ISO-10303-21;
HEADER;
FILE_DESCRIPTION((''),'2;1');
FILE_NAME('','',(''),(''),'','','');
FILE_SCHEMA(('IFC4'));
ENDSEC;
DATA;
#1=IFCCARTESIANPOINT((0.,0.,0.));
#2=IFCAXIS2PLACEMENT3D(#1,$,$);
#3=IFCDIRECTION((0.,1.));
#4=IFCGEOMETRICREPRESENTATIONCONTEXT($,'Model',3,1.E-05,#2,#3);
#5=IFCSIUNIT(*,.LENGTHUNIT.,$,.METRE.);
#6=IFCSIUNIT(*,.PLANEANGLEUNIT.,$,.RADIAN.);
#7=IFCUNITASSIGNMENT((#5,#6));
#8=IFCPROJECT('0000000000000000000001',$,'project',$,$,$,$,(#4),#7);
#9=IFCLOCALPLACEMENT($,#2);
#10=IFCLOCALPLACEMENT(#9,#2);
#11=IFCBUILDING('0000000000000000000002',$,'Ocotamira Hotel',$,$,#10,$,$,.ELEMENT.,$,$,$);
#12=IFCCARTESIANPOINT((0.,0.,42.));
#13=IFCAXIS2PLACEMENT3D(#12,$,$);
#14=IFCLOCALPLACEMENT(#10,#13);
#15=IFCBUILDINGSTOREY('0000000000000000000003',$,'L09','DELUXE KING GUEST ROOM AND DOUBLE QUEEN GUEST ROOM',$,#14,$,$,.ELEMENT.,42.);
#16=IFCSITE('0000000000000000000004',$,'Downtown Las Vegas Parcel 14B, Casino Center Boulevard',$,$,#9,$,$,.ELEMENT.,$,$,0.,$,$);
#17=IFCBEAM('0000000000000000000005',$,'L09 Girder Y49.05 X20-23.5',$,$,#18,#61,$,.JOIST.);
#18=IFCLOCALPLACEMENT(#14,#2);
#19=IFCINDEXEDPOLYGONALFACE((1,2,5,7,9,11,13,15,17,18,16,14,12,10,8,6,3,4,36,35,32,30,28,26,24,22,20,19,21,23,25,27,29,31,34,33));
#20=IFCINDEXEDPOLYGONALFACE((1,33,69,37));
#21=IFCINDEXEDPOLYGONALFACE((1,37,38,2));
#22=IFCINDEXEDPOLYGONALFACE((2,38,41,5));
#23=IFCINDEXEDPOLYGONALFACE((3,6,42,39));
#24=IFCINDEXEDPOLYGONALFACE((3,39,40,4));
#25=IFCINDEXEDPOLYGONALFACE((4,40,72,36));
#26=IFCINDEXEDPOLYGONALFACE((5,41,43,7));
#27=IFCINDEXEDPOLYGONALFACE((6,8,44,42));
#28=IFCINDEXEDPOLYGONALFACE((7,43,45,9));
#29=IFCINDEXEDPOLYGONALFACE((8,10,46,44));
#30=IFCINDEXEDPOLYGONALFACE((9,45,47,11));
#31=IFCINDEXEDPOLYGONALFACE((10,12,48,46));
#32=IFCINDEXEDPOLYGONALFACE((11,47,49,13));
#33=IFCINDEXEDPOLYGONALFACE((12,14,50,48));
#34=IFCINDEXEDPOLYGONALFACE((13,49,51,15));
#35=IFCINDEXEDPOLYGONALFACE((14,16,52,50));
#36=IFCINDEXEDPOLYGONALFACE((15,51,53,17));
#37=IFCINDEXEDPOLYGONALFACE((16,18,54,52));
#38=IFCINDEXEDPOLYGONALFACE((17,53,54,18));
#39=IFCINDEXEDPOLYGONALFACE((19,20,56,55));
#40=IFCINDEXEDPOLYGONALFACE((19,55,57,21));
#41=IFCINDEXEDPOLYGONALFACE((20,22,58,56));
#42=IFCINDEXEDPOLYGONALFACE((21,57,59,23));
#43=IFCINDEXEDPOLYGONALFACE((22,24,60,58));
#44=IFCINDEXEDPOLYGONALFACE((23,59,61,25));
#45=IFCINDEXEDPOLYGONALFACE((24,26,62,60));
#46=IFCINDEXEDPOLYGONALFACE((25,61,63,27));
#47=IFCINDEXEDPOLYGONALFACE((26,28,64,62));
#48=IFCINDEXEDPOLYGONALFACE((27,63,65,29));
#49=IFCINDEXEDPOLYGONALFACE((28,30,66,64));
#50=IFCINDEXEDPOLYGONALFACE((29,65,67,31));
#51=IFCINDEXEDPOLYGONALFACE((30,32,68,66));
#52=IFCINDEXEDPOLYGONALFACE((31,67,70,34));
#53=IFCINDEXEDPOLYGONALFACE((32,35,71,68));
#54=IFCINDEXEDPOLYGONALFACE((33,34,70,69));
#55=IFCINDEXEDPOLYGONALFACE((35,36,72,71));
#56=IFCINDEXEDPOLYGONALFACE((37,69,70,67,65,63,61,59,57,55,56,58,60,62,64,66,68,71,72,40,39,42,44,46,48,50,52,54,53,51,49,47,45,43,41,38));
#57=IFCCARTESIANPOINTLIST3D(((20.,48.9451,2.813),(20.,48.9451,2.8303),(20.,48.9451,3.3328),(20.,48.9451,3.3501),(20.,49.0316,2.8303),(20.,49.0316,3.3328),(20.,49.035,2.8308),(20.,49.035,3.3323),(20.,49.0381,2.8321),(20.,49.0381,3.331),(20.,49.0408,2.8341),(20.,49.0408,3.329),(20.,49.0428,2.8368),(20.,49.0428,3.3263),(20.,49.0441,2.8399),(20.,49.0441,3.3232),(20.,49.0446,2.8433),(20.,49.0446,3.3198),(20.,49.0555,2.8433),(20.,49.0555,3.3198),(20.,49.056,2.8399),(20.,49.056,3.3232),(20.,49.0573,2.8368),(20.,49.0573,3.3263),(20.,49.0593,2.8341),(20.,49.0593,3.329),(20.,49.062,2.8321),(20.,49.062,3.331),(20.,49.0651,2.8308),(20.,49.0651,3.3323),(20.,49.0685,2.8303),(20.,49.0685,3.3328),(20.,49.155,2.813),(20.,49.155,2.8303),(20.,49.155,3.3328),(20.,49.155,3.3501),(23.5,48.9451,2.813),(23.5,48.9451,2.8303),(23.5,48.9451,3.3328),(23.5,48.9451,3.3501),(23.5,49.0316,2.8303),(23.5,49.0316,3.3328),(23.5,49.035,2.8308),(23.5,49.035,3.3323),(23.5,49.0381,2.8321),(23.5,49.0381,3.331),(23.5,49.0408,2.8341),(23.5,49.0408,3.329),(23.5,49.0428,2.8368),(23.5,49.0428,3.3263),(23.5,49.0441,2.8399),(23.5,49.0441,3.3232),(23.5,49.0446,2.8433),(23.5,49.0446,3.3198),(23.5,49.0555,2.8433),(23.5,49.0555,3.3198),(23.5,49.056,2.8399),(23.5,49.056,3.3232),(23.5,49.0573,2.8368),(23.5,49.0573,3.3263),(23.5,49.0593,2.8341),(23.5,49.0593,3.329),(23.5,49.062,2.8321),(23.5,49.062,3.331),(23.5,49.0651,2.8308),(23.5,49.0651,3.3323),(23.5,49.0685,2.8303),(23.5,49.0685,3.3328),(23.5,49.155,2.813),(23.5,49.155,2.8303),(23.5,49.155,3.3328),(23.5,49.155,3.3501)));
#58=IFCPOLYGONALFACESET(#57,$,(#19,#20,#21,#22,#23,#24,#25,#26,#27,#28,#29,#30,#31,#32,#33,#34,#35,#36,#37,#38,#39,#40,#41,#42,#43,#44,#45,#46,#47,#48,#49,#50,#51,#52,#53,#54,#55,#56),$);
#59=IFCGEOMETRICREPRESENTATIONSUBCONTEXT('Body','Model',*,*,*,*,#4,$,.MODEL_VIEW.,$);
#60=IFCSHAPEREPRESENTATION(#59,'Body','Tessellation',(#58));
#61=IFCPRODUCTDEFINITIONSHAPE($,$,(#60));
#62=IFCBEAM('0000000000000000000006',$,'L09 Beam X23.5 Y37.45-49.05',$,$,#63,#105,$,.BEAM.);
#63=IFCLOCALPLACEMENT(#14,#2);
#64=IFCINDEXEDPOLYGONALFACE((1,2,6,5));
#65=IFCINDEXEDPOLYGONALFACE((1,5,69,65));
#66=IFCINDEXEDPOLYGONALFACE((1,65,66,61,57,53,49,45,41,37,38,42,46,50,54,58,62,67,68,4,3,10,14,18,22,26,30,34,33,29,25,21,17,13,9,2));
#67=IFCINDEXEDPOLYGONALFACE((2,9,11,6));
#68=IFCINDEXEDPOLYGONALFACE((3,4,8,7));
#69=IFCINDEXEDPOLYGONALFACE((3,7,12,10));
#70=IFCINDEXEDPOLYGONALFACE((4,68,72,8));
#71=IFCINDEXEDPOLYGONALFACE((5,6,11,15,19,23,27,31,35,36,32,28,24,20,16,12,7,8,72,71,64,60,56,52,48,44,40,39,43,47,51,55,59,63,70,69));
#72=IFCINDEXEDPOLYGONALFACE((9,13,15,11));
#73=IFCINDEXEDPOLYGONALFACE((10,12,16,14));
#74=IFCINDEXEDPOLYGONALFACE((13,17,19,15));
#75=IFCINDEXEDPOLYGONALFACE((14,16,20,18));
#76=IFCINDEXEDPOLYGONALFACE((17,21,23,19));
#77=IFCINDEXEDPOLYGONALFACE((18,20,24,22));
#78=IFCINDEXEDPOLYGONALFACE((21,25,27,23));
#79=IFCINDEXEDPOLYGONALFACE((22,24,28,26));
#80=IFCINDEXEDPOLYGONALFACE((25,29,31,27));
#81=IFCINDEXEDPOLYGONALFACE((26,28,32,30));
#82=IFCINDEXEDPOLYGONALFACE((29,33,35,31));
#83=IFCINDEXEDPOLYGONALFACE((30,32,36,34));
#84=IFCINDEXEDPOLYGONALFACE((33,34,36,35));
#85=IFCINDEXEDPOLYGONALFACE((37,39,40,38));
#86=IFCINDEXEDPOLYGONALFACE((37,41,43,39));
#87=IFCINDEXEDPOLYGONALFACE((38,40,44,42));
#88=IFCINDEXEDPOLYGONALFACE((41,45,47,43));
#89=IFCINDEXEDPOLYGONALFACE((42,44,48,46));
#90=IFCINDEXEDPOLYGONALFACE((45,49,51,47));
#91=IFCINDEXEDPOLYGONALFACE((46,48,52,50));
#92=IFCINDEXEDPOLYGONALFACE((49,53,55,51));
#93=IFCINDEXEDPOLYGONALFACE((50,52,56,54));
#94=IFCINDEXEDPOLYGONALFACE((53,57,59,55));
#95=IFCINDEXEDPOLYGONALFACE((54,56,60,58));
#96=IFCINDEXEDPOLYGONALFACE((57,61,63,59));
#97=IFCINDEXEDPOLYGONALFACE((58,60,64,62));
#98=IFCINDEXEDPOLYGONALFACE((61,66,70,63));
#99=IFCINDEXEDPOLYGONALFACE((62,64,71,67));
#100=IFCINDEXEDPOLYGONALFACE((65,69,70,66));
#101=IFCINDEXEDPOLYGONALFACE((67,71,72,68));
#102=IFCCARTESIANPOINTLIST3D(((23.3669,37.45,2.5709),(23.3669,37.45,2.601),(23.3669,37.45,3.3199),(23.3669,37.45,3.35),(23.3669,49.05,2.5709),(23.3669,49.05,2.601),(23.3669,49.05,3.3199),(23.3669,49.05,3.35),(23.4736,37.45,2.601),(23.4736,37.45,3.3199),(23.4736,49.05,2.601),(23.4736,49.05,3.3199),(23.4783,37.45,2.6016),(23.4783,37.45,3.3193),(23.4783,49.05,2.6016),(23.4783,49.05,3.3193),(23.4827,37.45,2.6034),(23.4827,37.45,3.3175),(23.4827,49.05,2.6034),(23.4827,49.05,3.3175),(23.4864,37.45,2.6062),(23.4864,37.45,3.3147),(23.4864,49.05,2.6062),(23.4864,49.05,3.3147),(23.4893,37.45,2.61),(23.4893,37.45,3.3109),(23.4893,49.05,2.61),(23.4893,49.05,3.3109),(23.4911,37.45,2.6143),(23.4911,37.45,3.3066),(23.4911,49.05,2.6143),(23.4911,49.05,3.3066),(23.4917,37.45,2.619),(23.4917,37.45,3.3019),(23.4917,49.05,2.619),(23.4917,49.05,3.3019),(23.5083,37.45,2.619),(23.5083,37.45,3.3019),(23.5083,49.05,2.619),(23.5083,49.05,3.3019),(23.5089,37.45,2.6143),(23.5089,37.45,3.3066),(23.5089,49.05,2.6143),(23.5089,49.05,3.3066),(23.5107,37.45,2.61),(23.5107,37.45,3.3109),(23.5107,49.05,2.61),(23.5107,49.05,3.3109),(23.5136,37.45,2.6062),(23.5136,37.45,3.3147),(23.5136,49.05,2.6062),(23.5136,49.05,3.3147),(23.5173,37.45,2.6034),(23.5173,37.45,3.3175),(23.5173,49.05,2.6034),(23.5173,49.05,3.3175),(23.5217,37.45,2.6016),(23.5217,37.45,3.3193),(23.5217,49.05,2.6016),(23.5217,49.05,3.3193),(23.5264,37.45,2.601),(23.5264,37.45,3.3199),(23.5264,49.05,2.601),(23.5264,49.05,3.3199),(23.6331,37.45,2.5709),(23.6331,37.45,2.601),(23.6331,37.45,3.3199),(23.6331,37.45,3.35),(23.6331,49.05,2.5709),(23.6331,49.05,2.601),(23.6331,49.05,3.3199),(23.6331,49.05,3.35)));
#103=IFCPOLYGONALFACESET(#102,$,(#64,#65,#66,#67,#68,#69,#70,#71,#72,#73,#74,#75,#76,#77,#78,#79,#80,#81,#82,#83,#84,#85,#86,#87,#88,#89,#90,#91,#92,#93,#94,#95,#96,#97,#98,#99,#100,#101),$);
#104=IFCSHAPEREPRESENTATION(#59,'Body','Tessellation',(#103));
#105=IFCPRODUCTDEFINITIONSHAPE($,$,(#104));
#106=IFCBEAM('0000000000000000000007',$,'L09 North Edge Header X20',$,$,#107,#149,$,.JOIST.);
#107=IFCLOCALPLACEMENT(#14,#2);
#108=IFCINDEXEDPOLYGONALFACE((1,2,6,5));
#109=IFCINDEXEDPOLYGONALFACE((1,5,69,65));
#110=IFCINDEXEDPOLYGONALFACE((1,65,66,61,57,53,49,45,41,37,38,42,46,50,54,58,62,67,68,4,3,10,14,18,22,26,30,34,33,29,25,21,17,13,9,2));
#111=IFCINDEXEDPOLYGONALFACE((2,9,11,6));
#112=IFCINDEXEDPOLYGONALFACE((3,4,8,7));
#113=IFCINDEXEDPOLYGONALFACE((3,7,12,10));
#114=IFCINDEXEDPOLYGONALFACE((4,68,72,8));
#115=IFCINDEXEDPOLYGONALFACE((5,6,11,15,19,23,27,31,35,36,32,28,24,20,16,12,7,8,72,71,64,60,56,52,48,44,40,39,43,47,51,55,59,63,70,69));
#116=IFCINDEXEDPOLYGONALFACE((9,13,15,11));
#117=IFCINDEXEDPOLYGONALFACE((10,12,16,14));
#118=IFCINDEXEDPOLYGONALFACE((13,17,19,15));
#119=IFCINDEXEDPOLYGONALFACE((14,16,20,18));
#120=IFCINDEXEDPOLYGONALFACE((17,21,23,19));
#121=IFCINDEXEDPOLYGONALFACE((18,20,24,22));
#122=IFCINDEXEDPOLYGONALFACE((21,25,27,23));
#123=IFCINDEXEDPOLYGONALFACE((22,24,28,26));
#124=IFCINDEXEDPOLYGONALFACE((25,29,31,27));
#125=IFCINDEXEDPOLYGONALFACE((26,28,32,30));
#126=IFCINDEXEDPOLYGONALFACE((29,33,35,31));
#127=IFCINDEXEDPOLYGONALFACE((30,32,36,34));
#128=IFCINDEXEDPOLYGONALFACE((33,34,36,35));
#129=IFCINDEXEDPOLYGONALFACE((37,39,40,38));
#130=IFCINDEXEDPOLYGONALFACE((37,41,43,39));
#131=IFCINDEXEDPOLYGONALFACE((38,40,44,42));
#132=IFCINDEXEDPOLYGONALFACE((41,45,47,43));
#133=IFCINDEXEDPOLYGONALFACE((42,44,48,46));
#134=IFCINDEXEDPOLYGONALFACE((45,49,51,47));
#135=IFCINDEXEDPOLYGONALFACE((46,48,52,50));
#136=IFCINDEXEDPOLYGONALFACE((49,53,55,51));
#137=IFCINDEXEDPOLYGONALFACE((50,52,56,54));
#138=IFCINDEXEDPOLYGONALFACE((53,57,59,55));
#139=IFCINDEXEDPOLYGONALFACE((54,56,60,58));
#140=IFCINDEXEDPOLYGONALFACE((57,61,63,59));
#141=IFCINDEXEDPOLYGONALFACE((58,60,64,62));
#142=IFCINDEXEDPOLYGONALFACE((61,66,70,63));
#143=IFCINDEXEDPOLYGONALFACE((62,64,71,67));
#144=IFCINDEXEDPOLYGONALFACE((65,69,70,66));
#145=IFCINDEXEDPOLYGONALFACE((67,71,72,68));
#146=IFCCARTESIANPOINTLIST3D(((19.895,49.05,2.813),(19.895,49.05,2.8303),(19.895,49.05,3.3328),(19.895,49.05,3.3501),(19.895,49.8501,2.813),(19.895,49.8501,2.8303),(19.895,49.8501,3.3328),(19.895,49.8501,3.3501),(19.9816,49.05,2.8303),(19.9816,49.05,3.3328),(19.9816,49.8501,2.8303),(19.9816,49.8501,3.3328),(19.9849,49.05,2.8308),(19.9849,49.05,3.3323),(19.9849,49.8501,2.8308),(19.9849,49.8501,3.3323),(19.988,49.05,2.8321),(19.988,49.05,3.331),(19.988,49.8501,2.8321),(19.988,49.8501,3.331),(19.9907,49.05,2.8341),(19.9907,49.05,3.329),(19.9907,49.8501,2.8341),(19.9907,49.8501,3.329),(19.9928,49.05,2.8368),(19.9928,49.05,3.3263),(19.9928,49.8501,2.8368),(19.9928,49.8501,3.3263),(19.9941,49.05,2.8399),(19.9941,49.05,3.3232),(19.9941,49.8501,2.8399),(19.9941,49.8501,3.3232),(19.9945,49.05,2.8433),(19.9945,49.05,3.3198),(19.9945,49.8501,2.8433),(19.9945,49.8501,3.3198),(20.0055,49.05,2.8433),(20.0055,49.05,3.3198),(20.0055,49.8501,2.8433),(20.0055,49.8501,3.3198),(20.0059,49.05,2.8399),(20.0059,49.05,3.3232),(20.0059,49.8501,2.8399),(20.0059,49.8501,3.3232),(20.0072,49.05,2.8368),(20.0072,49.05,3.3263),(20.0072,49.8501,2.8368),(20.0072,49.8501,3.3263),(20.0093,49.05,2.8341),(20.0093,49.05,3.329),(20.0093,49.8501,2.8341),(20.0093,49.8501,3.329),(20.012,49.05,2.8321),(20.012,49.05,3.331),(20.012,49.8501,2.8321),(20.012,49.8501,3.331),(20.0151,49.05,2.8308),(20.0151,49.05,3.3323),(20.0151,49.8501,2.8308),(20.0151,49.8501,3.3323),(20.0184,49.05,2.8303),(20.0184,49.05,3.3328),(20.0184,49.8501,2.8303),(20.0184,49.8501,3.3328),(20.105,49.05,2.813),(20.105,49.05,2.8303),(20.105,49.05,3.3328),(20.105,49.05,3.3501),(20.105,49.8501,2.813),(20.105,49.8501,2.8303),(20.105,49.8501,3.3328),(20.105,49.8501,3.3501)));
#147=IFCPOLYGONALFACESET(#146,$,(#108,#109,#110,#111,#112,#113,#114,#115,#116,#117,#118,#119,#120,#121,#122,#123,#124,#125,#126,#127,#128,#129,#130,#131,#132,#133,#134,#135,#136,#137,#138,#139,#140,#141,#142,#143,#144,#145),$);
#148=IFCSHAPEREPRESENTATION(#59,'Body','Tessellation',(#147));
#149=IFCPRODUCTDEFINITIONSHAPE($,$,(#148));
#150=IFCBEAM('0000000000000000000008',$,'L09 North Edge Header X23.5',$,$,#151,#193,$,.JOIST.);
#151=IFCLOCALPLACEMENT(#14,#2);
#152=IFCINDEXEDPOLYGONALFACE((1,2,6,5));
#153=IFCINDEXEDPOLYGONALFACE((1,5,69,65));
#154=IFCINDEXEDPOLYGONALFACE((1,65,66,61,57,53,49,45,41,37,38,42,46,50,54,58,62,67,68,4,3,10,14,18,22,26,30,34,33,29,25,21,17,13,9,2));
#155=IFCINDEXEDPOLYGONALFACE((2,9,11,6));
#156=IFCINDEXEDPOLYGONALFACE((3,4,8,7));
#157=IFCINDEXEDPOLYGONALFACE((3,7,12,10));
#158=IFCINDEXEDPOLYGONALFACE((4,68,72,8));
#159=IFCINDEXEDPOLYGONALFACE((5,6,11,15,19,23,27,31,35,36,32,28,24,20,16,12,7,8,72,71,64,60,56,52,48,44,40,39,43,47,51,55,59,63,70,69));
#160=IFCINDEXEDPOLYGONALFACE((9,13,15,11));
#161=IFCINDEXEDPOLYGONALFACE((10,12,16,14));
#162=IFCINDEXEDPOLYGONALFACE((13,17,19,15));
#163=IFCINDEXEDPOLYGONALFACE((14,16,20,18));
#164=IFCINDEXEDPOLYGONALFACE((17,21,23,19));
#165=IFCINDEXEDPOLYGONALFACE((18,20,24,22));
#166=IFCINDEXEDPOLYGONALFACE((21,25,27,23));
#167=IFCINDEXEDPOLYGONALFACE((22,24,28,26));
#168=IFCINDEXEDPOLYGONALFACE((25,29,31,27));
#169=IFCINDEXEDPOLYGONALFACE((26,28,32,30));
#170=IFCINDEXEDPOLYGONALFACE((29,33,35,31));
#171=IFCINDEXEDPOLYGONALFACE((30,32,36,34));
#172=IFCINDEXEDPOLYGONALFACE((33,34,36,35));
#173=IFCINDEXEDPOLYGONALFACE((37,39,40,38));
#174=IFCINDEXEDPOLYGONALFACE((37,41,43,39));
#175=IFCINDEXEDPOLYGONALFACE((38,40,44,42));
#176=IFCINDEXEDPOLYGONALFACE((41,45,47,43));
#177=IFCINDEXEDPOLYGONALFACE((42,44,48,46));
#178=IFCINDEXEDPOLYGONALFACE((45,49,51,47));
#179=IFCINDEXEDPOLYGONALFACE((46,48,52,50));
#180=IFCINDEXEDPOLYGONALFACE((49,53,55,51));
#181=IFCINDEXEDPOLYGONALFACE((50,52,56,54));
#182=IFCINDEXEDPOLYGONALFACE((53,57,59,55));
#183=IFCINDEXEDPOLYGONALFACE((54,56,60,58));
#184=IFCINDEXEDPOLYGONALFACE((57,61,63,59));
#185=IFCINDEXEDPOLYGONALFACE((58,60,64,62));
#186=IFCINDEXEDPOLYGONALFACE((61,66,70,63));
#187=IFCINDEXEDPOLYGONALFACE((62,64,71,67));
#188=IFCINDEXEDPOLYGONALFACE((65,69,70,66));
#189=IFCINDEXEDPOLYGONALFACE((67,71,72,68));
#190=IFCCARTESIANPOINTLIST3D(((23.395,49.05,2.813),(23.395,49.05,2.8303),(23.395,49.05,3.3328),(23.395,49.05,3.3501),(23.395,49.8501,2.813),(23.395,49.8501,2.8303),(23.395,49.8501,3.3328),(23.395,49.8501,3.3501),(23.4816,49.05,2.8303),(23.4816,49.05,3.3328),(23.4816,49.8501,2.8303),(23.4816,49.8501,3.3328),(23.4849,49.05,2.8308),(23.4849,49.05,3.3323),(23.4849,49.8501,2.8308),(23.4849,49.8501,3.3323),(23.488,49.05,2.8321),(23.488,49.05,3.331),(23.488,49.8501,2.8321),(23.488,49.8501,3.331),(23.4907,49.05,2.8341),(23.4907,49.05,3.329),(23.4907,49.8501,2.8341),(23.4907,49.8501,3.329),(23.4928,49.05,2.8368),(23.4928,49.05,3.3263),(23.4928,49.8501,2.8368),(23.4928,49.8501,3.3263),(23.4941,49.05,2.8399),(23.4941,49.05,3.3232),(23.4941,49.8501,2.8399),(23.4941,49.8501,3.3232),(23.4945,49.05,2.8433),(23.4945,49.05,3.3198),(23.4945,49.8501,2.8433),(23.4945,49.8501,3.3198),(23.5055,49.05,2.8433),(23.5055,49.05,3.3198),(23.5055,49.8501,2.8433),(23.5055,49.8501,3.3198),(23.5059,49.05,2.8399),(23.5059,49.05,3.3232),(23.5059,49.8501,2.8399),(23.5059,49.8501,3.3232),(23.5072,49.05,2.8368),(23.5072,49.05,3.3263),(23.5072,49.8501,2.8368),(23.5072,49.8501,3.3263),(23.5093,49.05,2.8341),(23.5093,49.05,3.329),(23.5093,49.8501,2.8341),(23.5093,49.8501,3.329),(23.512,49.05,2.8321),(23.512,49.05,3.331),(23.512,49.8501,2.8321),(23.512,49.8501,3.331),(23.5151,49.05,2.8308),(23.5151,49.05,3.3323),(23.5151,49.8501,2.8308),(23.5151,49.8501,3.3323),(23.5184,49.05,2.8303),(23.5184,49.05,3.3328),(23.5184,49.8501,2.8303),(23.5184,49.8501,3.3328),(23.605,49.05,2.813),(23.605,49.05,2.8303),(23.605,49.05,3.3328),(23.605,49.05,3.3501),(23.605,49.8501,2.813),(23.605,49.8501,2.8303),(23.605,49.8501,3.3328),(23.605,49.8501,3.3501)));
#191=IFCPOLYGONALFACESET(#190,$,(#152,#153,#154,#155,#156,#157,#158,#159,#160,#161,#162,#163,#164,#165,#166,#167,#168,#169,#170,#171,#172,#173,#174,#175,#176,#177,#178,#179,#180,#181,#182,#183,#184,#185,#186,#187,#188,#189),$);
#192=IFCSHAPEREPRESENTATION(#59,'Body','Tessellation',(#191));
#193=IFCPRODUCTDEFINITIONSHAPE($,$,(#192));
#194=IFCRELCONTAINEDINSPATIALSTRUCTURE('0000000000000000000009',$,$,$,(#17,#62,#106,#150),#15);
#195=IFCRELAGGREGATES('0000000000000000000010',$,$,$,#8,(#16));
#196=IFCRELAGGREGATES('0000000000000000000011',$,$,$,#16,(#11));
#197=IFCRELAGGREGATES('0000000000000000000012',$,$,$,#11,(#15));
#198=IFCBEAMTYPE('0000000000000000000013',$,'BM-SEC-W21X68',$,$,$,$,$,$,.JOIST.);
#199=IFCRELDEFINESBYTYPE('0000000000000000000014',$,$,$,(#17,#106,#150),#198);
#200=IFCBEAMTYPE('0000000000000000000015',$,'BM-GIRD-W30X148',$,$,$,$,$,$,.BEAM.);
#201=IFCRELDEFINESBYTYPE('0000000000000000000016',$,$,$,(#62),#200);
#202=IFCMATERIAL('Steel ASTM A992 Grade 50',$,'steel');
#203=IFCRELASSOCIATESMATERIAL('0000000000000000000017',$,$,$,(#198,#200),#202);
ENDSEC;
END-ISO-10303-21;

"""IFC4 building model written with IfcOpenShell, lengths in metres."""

from ifc_helpers import new_model, si_unit, direction, frame, origin, origin_2d, place, context, subcontext, project, spatial, i_section, extrude, source, transform, mapped, material, material_profile, profile_set, type_object, element, save


model = new_model("IFC4")

# Units and contexts
model_context = context("Model", 3, precision=1e-05, world=origin(), true_north=direction((0.0, 1.0)))
body_context = subcontext(model_context, "Body", "Model", "MODEL_VIEW")
ifc_project = project(units=[si_unit("LENGTHUNIT", "METRE"), si_unit("PLANEANGLEUNIT", "RADIAN")], contexts=[model_context])

# Site, building, storey
site_placement = place(None, origin())
site = spatial("IfcSite", under=ifc_project, at=site_placement, Name="Downtown Las Vegas Parcel 14B, Casino Center Boulevard", CompositionType="ELEMENT", RefElevation=0.0)
building_placement = place(site_placement, origin())
building = spatial("IfcBuilding", under=site, at=building_placement, Name="Ocotamira Hotel", CompositionType="ELEMENT")
storey_placement = place(building_placement, frame((0.0, 0.0, 42.0)))
storey = spatial("IfcBuildingStorey", under=building, at=storey_placement, Name="L09", Description="DELUXE KING GUEST ROOM AND DOUBLE QUEEN GUEST ROOM", CompositionType="ELEMENT", Elevation=42.0)

# Beams
ifc_material_1 = material(Name="Steel ASTM A992 Grade 50", Category="steel")
ifc_material_profile_1 = material_profile(ifc_material_1, i_section(OverallWidth=0.21, OverallDepth=0.5371, WebThickness=0.011, FlangeThickness=0.0173, FilletRadius=0.0129, at=origin_2d()), Name="W21X68")
ifc_profile_set_1 = profile_set([ifc_material_profile_1], Name="Steel ASTM A992 Grade 50")
beam_type_1 = type_object("IfcBeamType", Name="BM-SEC-W21X68", PredefinedType="JOIST", material=ifc_profile_set_1)
shared_shape_1 = source(origin(), body_context, "Body", "SweptSolid", [
    extrude(i_section(OverallWidth=0.21, OverallDepth=0.5371, WebThickness=0.011, FlangeThickness=0.0173, FilletRadius=0.0129, at=origin_2d()), origin(), (0.0, 0.0, 1.0), 3.5),
])
beam_1_placement = place(storey_placement, frame((20.0, 49.05, 3.0815), z_axis=(1.0, 0.0, 0.0), x_axis=(0.0, 1.0, 0.0)))
element("IfcBeam", 1, at=beam_1_placement, inside=storey, type_object=beam_type_1, Name="L09 Girder Y49.05 X20-23.5", PredefinedType="JOIST", context=body_context, shape_type="MappedRepresentation", body=[
    mapped(shared_shape_1, transform((0.0, 0.0, 0.0), scale=1.0)),
])
ifc_material_profile_2 = material_profile(ifc_material_1, i_section(OverallWidth=0.2661, OverallDepth=0.7791, WebThickness=0.0166, FlangeThickness=0.03, FilletRadius=0.0181, at=origin_2d()), Name="W30X148")
ifc_profile_set_2 = profile_set([ifc_material_profile_2], Name="Steel ASTM A992 Grade 50")
beam_type_2 = type_object("IfcBeamType", Name="BM-GIRD-W30X148", PredefinedType="BEAM", material=ifc_profile_set_2)
shared_shape_2 = source(origin(), body_context, "Body", "SweptSolid", [
    extrude(i_section(OverallWidth=0.2661, OverallDepth=0.7791, WebThickness=0.0166, FlangeThickness=0.03, FilletRadius=0.0181, at=origin_2d()), origin(), (0.0, 0.0, 1.0), 11.6001),
])
beam_2_placement = place(storey_placement, frame((23.5, 37.45, 2.9604), z_axis=(0.0, 1.0, 0.0), x_axis=(-1.0, 0.0, 0.0)))
element("IfcBeam", 2, at=beam_2_placement, inside=storey, type_object=beam_type_2, Name="L09 Beam X23.5 Y37.45-49.05", PredefinedType="BEAM", context=body_context, shape_type="MappedRepresentation", body=[
    mapped(shared_shape_2, transform((0.0, 0.0, 0.0), scale=1.0)),
])
shared_shape_3 = source(origin(), body_context, "Body", "SweptSolid", [
    extrude(i_section(OverallWidth=0.21, OverallDepth=0.5371, WebThickness=0.011, FlangeThickness=0.0173, FilletRadius=0.0129, at=origin_2d()), origin(), (0.0, 0.0, 1.0), 0.8),
])
for number, where, z_axis, x_axis, name in (
    (3, (20.0, 49.05, 3.0815), (0.0, 1.0, 0.0), (-1.0, 0.0, 0.0), "L09 North Edge Header X20"),
    (4, (23.5, 49.05, 3.0815), (0.0, 1.0, 0.0), (-1.0, 0.0, 0.0), "L09 North Edge Header X23.5"),
):
    element("IfcBeam", number, at=place(storey_placement, frame(where, z_axis=z_axis, x_axis=x_axis)), inside=storey, type_object=beam_type_1, Name=name, PredefinedType="JOIST", context=body_context, shape_type="MappedRepresentation", body=[
        mapped(shared_shape_3, transform((0.0, 0.0, 0.0), scale=1.0)),
    ])

save(model, "model.ifc")
